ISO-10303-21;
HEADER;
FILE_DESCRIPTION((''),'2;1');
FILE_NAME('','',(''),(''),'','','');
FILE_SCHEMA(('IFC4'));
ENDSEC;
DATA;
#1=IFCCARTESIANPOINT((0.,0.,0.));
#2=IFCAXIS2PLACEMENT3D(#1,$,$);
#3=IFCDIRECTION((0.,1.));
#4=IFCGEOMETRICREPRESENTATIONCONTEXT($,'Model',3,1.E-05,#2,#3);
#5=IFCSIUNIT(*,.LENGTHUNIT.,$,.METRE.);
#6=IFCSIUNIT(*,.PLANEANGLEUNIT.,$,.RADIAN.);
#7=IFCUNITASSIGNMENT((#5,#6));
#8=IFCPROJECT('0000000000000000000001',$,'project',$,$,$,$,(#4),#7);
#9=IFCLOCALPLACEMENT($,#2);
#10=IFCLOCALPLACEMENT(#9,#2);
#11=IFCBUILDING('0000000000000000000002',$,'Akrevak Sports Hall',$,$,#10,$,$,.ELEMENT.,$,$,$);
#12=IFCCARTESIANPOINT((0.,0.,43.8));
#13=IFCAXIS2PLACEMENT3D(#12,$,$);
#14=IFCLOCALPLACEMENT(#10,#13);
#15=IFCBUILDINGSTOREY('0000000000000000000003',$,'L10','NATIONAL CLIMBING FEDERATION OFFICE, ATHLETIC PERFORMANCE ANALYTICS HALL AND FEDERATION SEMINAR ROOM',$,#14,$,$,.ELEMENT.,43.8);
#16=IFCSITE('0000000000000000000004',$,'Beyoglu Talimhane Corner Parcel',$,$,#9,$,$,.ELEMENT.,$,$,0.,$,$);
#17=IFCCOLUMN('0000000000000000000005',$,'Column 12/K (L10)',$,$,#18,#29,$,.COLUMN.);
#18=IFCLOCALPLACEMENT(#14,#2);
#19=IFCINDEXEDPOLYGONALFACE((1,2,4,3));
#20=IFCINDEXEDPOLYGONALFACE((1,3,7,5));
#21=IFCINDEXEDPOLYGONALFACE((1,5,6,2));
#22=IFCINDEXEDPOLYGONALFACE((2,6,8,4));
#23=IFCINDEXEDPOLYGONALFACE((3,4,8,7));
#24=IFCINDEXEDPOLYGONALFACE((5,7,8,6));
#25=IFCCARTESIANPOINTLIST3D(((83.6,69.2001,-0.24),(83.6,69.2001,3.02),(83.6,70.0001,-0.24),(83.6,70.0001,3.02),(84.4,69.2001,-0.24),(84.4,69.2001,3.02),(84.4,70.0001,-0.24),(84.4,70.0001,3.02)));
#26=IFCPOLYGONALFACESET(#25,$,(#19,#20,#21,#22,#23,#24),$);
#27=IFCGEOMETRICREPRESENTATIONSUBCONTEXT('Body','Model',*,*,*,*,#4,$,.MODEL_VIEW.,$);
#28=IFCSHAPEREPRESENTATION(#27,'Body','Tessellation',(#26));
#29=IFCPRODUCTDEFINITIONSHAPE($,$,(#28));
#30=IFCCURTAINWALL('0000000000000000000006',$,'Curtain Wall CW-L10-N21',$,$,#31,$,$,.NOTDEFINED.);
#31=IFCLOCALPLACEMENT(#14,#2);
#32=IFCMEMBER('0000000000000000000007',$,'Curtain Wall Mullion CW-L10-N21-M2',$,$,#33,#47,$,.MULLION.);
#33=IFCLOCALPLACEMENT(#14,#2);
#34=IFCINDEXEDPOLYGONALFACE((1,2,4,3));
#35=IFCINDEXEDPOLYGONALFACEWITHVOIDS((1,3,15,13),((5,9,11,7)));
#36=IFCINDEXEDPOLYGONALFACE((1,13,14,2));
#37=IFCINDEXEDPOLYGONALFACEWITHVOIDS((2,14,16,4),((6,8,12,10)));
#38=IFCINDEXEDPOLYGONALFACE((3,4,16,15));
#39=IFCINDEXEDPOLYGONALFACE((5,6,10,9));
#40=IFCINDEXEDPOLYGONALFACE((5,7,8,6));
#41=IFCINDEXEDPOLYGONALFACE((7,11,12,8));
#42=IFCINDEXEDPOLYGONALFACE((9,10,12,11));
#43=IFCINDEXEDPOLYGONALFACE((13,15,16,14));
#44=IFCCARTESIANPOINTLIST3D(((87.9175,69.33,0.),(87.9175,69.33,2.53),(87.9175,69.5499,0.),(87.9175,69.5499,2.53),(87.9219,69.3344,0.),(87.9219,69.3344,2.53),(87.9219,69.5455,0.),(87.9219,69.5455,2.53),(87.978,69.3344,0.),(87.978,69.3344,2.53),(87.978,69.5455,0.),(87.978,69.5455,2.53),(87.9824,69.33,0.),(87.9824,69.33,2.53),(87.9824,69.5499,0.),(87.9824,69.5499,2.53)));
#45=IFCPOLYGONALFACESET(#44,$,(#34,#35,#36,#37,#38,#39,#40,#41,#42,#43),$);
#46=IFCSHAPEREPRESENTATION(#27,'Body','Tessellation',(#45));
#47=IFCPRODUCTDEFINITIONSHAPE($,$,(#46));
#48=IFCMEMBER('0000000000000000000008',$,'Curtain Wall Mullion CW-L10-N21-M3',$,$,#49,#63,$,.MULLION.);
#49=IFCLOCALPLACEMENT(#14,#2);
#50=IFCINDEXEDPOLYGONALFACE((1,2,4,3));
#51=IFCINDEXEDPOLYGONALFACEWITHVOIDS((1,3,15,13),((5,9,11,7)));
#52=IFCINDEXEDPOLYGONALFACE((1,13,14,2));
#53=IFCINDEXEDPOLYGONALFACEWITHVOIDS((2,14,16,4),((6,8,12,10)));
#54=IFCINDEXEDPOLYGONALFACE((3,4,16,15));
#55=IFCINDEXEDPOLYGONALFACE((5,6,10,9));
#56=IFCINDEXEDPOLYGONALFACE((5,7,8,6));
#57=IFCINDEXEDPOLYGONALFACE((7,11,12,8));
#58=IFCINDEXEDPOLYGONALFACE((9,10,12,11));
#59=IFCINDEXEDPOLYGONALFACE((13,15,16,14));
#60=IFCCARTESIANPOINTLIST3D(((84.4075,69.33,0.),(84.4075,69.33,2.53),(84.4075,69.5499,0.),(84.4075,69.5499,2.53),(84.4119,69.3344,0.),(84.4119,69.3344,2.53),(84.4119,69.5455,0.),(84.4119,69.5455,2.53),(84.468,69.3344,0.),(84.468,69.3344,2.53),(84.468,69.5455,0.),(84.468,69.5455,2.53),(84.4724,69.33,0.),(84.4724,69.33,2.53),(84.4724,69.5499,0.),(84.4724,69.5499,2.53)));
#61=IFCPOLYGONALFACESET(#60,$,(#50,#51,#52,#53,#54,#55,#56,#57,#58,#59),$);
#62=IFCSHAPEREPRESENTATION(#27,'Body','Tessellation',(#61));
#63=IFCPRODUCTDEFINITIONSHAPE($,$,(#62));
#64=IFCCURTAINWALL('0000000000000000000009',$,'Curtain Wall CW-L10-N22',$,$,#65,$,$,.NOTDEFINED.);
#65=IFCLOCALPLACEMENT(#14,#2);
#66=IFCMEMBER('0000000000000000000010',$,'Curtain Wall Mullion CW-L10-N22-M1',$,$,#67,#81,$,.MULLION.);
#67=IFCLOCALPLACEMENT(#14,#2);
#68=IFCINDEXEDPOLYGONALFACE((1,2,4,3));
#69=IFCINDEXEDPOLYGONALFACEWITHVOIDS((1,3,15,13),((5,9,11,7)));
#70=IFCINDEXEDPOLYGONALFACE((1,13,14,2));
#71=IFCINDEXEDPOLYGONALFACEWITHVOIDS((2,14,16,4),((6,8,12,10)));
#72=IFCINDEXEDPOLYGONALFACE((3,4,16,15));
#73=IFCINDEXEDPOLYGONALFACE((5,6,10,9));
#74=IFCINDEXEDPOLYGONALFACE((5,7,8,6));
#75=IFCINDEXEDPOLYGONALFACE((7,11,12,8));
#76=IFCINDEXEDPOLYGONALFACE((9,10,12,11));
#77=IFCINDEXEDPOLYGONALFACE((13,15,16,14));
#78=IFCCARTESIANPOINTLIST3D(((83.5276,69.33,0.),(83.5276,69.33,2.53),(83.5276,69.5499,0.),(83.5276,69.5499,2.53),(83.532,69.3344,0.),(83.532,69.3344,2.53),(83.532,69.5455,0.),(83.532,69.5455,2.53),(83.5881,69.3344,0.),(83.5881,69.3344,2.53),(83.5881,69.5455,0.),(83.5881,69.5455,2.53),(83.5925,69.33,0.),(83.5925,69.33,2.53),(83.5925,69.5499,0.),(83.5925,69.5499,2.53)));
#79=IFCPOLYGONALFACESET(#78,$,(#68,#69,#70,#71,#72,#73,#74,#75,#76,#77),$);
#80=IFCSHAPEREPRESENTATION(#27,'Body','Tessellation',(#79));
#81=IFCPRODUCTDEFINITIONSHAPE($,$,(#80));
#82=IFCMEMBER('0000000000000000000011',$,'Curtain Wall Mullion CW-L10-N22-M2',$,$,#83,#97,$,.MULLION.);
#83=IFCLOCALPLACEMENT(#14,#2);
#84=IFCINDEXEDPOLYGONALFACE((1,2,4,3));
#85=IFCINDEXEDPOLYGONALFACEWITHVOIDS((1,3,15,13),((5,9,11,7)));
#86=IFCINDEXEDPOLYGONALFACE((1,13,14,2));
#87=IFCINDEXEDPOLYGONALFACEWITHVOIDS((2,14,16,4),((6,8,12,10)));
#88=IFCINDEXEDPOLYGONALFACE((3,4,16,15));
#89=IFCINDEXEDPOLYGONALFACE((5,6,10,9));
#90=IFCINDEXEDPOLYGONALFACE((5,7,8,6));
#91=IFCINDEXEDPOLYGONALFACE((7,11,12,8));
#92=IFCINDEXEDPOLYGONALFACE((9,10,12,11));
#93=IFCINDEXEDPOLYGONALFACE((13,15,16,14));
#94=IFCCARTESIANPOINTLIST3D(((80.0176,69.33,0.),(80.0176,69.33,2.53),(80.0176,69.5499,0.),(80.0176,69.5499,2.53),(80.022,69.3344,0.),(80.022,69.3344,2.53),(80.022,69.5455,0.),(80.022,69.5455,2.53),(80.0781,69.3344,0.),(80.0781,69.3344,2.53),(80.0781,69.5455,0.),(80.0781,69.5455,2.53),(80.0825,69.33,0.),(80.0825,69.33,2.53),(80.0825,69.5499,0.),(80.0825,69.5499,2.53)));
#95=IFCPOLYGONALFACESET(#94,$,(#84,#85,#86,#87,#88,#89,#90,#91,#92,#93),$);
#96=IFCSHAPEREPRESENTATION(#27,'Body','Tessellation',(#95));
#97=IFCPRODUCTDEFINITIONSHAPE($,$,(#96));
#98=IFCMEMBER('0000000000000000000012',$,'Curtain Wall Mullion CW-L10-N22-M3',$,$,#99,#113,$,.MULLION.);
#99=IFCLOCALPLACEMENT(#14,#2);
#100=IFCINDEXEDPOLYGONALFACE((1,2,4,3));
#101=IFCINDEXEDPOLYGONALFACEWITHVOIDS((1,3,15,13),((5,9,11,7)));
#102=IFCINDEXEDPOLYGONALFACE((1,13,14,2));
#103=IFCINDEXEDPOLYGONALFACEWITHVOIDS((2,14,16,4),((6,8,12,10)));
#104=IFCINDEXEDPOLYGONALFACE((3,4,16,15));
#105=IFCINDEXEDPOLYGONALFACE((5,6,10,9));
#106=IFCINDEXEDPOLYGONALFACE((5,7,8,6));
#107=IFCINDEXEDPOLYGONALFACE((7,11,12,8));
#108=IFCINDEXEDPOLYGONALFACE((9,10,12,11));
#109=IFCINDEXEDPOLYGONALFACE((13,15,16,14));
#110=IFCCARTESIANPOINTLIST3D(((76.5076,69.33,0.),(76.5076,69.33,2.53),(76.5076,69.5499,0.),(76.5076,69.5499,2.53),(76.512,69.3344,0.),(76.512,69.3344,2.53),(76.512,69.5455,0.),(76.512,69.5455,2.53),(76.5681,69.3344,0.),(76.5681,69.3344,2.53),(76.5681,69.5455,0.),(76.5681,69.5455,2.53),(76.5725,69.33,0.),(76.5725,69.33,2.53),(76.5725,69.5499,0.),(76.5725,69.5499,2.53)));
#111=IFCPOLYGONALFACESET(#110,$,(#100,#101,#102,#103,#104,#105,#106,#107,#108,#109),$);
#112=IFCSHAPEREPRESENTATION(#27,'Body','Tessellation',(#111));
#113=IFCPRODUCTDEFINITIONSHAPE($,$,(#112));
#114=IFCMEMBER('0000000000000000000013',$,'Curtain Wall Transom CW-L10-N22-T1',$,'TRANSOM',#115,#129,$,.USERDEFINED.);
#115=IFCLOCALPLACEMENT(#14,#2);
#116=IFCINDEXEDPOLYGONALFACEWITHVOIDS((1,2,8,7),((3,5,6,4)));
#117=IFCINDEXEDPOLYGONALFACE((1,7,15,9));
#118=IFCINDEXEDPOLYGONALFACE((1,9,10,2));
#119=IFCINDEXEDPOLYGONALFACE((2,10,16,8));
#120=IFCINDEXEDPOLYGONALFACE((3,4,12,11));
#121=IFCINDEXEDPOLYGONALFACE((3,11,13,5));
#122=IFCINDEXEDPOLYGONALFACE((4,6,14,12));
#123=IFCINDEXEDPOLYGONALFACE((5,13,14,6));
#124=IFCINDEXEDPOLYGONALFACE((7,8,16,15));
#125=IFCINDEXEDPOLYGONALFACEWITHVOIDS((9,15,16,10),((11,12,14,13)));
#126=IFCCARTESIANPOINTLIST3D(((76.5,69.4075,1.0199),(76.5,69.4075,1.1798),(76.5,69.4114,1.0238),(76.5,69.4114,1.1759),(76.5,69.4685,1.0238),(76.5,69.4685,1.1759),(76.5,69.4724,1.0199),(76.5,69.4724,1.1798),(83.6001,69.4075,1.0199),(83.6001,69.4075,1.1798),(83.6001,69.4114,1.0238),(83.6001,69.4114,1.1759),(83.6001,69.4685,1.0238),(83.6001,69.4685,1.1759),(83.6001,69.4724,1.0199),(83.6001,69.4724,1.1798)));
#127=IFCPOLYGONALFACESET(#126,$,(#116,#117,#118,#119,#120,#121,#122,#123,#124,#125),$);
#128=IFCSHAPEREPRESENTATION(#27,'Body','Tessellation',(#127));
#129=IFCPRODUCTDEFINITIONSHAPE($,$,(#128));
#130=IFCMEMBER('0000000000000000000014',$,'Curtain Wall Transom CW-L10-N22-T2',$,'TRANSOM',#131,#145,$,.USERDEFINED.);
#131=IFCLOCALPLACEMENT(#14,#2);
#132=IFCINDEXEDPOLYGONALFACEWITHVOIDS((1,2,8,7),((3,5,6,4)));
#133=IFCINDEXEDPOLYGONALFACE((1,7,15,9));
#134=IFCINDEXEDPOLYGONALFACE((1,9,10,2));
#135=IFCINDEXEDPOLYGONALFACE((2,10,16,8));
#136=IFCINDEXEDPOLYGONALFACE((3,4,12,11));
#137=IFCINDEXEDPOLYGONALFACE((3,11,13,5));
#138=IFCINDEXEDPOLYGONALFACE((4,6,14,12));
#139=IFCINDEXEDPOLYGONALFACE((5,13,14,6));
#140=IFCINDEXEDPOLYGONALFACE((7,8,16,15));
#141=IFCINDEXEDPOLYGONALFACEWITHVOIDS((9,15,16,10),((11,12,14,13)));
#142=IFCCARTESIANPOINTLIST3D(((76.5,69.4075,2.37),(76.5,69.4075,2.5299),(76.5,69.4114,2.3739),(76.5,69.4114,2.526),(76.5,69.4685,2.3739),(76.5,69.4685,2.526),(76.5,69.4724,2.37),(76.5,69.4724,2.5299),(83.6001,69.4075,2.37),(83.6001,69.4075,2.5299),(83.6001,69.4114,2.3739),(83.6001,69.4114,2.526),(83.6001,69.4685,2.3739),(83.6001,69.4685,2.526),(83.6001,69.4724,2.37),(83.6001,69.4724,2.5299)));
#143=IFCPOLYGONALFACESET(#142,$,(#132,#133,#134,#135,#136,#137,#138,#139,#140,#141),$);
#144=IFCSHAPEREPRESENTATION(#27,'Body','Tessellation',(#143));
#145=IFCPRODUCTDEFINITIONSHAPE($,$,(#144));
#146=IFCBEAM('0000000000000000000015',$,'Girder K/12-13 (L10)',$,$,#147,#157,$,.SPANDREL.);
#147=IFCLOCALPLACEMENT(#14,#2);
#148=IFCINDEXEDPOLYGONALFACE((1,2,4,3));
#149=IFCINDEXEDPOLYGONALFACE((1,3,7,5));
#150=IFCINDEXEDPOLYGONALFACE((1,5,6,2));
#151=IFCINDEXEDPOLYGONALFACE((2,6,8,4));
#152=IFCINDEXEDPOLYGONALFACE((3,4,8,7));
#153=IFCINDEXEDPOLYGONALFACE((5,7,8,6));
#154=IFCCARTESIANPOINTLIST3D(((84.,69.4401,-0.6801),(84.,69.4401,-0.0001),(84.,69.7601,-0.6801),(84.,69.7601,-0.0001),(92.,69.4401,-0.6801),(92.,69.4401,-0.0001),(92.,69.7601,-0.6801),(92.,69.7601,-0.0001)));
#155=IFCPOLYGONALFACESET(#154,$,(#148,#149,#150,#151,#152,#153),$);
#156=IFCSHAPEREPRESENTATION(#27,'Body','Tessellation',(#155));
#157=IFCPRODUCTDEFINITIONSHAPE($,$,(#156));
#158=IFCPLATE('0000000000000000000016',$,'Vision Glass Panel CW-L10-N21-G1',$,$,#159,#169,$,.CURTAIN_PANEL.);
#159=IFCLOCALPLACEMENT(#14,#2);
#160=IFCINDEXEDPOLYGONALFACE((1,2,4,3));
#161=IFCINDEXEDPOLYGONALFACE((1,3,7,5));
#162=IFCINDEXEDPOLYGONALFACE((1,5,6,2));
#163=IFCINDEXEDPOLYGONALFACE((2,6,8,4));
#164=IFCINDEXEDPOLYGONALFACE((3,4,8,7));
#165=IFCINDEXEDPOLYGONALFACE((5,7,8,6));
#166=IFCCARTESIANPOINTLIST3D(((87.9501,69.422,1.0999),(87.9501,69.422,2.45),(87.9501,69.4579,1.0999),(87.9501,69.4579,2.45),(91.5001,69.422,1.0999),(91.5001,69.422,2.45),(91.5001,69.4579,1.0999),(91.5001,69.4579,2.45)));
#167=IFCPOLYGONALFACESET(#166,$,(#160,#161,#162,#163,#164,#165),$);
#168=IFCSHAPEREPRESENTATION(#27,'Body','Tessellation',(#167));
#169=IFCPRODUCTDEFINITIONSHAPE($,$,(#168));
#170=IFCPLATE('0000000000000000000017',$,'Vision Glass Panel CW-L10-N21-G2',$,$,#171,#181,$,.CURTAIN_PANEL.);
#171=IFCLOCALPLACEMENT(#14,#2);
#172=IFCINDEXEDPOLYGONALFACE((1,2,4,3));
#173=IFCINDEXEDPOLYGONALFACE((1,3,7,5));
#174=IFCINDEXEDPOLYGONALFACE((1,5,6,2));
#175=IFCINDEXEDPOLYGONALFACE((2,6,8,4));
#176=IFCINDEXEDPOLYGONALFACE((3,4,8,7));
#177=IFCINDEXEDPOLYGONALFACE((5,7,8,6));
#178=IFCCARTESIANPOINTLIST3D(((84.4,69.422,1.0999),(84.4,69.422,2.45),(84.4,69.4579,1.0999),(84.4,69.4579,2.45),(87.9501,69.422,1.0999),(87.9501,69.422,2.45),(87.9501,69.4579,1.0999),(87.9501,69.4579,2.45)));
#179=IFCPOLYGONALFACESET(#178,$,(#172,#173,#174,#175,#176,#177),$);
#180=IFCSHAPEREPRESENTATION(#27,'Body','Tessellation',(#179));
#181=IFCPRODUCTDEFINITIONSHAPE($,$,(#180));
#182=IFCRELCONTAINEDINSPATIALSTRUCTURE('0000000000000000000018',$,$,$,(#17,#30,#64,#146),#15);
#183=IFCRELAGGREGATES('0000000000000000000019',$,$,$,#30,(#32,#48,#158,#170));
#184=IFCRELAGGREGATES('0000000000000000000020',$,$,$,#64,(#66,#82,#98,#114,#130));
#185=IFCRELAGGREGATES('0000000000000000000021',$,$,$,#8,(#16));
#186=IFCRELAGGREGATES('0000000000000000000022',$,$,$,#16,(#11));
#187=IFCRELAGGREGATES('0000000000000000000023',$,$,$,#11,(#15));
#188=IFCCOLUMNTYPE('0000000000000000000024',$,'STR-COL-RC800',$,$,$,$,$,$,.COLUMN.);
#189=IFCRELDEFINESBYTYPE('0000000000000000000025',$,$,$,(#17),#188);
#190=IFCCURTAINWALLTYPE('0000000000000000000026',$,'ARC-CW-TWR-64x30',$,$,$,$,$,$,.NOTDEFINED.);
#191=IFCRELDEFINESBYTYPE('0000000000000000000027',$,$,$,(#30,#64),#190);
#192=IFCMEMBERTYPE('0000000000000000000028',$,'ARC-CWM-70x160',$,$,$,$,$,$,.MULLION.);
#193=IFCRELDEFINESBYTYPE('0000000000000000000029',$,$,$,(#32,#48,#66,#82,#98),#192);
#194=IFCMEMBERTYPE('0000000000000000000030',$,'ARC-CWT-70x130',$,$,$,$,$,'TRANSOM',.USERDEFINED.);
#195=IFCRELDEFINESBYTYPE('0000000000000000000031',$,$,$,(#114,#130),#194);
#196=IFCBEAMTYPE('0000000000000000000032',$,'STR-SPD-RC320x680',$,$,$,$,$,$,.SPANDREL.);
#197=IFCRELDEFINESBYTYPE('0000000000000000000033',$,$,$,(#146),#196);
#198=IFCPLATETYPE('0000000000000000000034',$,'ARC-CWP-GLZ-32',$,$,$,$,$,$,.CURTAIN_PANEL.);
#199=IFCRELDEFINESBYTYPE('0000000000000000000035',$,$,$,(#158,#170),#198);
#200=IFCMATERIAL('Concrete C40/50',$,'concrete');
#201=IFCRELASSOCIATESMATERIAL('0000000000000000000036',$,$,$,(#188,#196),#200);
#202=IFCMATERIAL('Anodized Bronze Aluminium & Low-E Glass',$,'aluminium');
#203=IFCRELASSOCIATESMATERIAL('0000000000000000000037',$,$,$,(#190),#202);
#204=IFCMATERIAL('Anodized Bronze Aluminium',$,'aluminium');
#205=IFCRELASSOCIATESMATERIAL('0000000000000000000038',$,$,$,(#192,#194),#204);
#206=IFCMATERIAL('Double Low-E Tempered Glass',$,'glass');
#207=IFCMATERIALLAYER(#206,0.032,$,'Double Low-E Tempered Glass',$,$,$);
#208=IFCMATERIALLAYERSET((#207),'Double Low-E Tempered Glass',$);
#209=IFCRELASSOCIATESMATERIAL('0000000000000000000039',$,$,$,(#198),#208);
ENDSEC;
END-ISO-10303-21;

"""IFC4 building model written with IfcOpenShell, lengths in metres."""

from ifc_helpers import new_model, si_unit, direction, frame, origin, origin_2d, place, context, subcontext, project, spatial, rectangle, hollow_rectangle, extrude, material, layer, layer_set, material_profile, profile_set, type_object, element, aggregate, save


model = new_model("IFC4")

# Units and contexts
model_context = context("Model", 3, precision=1e-05, world=origin(), true_north=direction((0.0, 1.0)))
body_context = subcontext(model_context, "Body", "Model", "MODEL_VIEW")
ifc_project = project(units=[si_unit("LENGTHUNIT", "METRE"), si_unit("PLANEANGLEUNIT", "RADIAN")], contexts=[model_context])

# Site, building, storey
site_placement = place(None, origin())
site = spatial("IfcSite", under=ifc_project, at=site_placement, Name="Beyoglu Talimhane Corner Parcel", CompositionType="ELEMENT", RefElevation=0.0)
building_placement = place(site_placement, origin())
building = spatial("IfcBuilding", under=site, at=building_placement, Name="Akrevak Sports Hall", CompositionType="ELEMENT")
storey_placement = place(building_placement, frame((0.0, 0.0, 43.8)))
storey = spatial("IfcBuildingStorey", under=building, at=storey_placement, Name="L10", Description="NATIONAL CLIMBING FEDERATION OFFICE, ATHLETIC PERFORMANCE ANALYTICS HALL AND FEDERATION SEMINAR ROOM", CompositionType="ELEMENT", Elevation=43.8)

# Column
ifc_material_1 = material(Name="Concrete C40/50", Category="concrete")
ifc_material_profile_1 = material_profile(ifc_material_1, rectangle(XDim=0.8, YDim=0.8, at=origin_2d()), Name="RC 800x800", Category="concrete")
ifc_profile_set_1 = profile_set([ifc_material_profile_1], Name="Concrete C40/50")
column_type = type_object("IfcColumnType", Name="STR-COL-RC800", PredefinedType="COLUMN", material=ifc_profile_set_1)
column_placement = place(storey_placement, frame((84.0, 69.6001, -0.24), z_axis=(0.0, 0.0, 1.0), x_axis=(1.0, 0.0, 0.0)))
element("IfcColumn", 1, at=column_placement, inside=storey, type_object=column_type, Name="Column 12/K (L10)", PredefinedType="COLUMN", context=body_context, shape_type="SweptSolid", body=[
    extrude(rectangle(XDim=0.8, YDim=0.8, at=origin_2d()), origin(), (0.0, 0.0, 1.0), 3.26),
])

# Curtain walls, members
ifc_material_2 = material(Name="Anodized Bronze Aluminium & Low-E Glass", Category="aluminium")
curtain_wall_type = type_object("IfcCurtainWallType", Name="ARC-CW-TWR-64x30", PredefinedType="NOTDEFINED", material=ifc_material_2)
curtain_wall_1_placement = place(storey_placement, origin())
curtain_wall_1 = element("IfcCurtainWall", 2, at=curtain_wall_1_placement, inside=storey, type_object=curtain_wall_type, Name="Curtain Wall CW-L10-N21", PredefinedType="NOTDEFINED")
ifc_material_3 = material(Name="Anodized Bronze Aluminium", Category="aluminium")
ifc_material_profile_2 = material_profile(ifc_material_3, hollow_rectangle(XDim=0.0649, YDim=0.22, WallThickness=0.0044, at=origin_2d()), Name="CWM 65x220", Category="aluminium")
ifc_profile_set_2 = profile_set([ifc_material_profile_2], Name="Anodized Bronze Aluminium")
member_type_1 = type_object("IfcMemberType", Name="ARC-CWM-70x160", PredefinedType="MULLION", material=ifc_profile_set_2)
member_1_placement = place(storey_placement, frame((87.95, 69.4399, 0.0), z_axis=(0.0, 0.0, 1.0), x_axis=(-1.0, 0.0, 0.0)))
member_1 = element("IfcMember", 3, at=member_1_placement, type_object=member_type_1, Name="Curtain Wall Mullion CW-L10-N21-M2", PredefinedType="MULLION", context=body_context, shape_type="SweptSolid", body=[
    extrude(hollow_rectangle(XDim=0.0649, YDim=0.22, WallThickness=0.0044, at=origin_2d()), origin(), (0.0, 0.0, 1.0), 2.53),
])
member_2_placement = place(storey_placement, frame((84.4399, 69.4399, 0.0), z_axis=(0.0, 0.0, 1.0), x_axis=(-1.0, 0.0, 0.0)))
member_2 = element("IfcMember", 4, at=member_2_placement, type_object=member_type_1, Name="Curtain Wall Mullion CW-L10-N21-M3", PredefinedType="MULLION", context=body_context, shape_type="SweptSolid", body=[
    extrude(hollow_rectangle(XDim=0.0649, YDim=0.22, WallThickness=0.0044, at=origin_2d()), origin(), (0.0, 0.0, 1.0), 2.53),
])
curtain_wall_2_placement = place(storey_placement, origin())
curtain_wall_2 = element("IfcCurtainWall", 5, at=curtain_wall_2_placement, inside=storey, type_object=curtain_wall_type, Name="Curtain Wall CW-L10-N22", PredefinedType="NOTDEFINED")
member_3_placement = place(storey_placement, frame((83.5601, 69.4399, 0.0), z_axis=(0.0, 0.0, 1.0), x_axis=(-1.0, 0.0, 0.0)))
member_3 = element("IfcMember", 6, at=member_3_placement, type_object=member_type_1, Name="Curtain Wall Mullion CW-L10-N22-M1", PredefinedType="MULLION", context=body_context, shape_type="SweptSolid", body=[
    extrude(hollow_rectangle(XDim=0.0649, YDim=0.22, WallThickness=0.0044, at=origin_2d()), origin(), (0.0, 0.0, 1.0), 2.53),
])
member_4_placement = place(storey_placement, frame((80.05, 69.4399, 0.0), z_axis=(0.0, 0.0, 1.0), x_axis=(-1.0, 0.0, 0.0)))
member_4 = element("IfcMember", 7, at=member_4_placement, type_object=member_type_1, Name="Curtain Wall Mullion CW-L10-N22-M2", PredefinedType="MULLION", context=body_context, shape_type="SweptSolid", body=[
    extrude(hollow_rectangle(XDim=0.0649, YDim=0.22, WallThickness=0.0044, at=origin_2d()), origin(), (0.0, 0.0, 1.0), 2.53),
])
member_5_placement = place(storey_placement, frame((76.54, 69.4399, 0.0), z_axis=(0.0, 0.0, 1.0), x_axis=(-1.0, 0.0, 0.0)))
member_5 = element("IfcMember", 8, at=member_5_placement, type_object=member_type_1, Name="Curtain Wall Mullion CW-L10-N22-M3", PredefinedType="MULLION", context=body_context, shape_type="SweptSolid", body=[
    extrude(hollow_rectangle(XDim=0.0649, YDim=0.22, WallThickness=0.0044, at=origin_2d()), origin(), (0.0, 0.0, 1.0), 2.53),
])
ifc_material_profile_3 = material_profile(ifc_material_3, hollow_rectangle(XDim=0.0649, YDim=0.1599, WallThickness=0.0039, at=origin_2d()), Name="CWT 65x160", Category="aluminium")
ifc_profile_set_3 = profile_set([ifc_material_profile_3], Name="Anodized Bronze Aluminium")
member_type_2 = type_object("IfcMemberType", Name="ARC-CWT-70x130", ElementType="TRANSOM", PredefinedType="USERDEFINED", material=ifc_profile_set_3)
member_6_placement = place(storey_placement, frame((83.6001, 69.4399, 1.0999), z_axis=(-1.0, 0.0, 0.0), x_axis=(0.0, -1.0, 0.0)))
member_6 = element("IfcMember", 9, at=member_6_placement, type_object=member_type_2, Name="Curtain Wall Transom CW-L10-N22-T1", ObjectType="TRANSOM", PredefinedType="USERDEFINED", context=body_context, shape_type="SweptSolid", body=[
    extrude(hollow_rectangle(XDim=0.0649, YDim=0.1599, WallThickness=0.0039, at=origin_2d()), origin(), (0.0, 0.0, 1.0), 7.1001),
])
member_7_placement = place(storey_placement, frame((83.6001, 69.4399, 2.45), z_axis=(-1.0, 0.0, 0.0), x_axis=(0.0, -1.0, 0.0)))
member_7 = element("IfcMember", 10, at=member_7_placement, type_object=member_type_2, Name="Curtain Wall Transom CW-L10-N22-T2", ObjectType="TRANSOM", PredefinedType="USERDEFINED", context=body_context, shape_type="SweptSolid", body=[
    extrude(hollow_rectangle(XDim=0.0649, YDim=0.1599, WallThickness=0.0039, at=origin_2d()), origin(), (0.0, 0.0, 1.0), 7.1001),
])

# Beam
ifc_material_profile_4 = material_profile(ifc_material_1, rectangle(XDim=0.3201, YDim=0.6799, at=origin_2d()), Name="SPD 320x680", Category="concrete")
ifc_profile_set_4 = profile_set([ifc_material_profile_4], Name="Concrete C40/50")
beam_type = type_object("IfcBeamType", Name="STR-SPD-RC320x680", PredefinedType="SPANDREL", material=ifc_profile_set_4)
beam_placement = place(storey_placement, frame((84.0, 69.6001, -0.3401), z_axis=(1.0, 0.0, 0.0), x_axis=(0.0, 1.0, 0.0)))
element("IfcBeam", 11, at=beam_placement, inside=storey, type_object=beam_type, Name="Girder K/12-13 (L10)", PredefinedType="SPANDREL", context=body_context, shape_type="SweptSolid", body=[
    extrude(rectangle(XDim=0.3201, YDim=0.6799, at=origin_2d()), origin(), (0.0, 0.0, 1.0), 8.0),
])

# Plates
ifc_material_4 = material(Name="Double Low-E Tempered Glass", Category="glass")
ifc_layer_1 = layer(ifc_material_4, 0.032, Name="Double Low-E Tempered Glass")
ifc_layer_set_1 = layer_set([ifc_layer_1], Name="Double Low-E Tempered Glass")
plate_type_1 = type_object("IfcPlateType", Name="ARC-CWP-GLZ-32", PredefinedType="CURTAIN_PANEL", material=ifc_layer_set_1)
plate_1_placement = place(storey_placement, frame((89.7251, 69.4399, 1.0999), z_axis=(0.0, 0.0, 1.0), x_axis=(-1.0, 0.0, 0.0)))
plate_1 = element("IfcPlate", 12, at=plate_1_placement, type_object=plate_type_1, Name="Vision Glass Panel CW-L10-N21-G1", PredefinedType="CURTAIN_PANEL", context=body_context, shape_type="SweptSolid", body=[
    extrude(rectangle(XDim=3.55, YDim=0.0359, at=origin_2d()), origin(), (0.0, 0.0, 1.0), 1.3501),
])
plate_2_placement = place(storey_placement, frame((86.175, 69.4399, 1.0999), z_axis=(0.0, 0.0, 1.0), x_axis=(-1.0, 0.0, 0.0)))
plate_2 = element("IfcPlate", 13, at=plate_2_placement, type_object=plate_type_1, Name="Vision Glass Panel CW-L10-N21-G2", PredefinedType="CURTAIN_PANEL", context=body_context, shape_type="SweptSolid", body=[
    extrude(rectangle(XDim=3.55, YDim=0.0359, at=origin_2d()), origin(), (0.0, 0.0, 1.0), 1.3501),
])
aggregate(curtain_wall_1, [member_1, member_2, plate_1, plate_2])
aggregate(curtain_wall_2, [member_3, member_4, member_5, member_6, member_7])

save(model, "model.ifc")
